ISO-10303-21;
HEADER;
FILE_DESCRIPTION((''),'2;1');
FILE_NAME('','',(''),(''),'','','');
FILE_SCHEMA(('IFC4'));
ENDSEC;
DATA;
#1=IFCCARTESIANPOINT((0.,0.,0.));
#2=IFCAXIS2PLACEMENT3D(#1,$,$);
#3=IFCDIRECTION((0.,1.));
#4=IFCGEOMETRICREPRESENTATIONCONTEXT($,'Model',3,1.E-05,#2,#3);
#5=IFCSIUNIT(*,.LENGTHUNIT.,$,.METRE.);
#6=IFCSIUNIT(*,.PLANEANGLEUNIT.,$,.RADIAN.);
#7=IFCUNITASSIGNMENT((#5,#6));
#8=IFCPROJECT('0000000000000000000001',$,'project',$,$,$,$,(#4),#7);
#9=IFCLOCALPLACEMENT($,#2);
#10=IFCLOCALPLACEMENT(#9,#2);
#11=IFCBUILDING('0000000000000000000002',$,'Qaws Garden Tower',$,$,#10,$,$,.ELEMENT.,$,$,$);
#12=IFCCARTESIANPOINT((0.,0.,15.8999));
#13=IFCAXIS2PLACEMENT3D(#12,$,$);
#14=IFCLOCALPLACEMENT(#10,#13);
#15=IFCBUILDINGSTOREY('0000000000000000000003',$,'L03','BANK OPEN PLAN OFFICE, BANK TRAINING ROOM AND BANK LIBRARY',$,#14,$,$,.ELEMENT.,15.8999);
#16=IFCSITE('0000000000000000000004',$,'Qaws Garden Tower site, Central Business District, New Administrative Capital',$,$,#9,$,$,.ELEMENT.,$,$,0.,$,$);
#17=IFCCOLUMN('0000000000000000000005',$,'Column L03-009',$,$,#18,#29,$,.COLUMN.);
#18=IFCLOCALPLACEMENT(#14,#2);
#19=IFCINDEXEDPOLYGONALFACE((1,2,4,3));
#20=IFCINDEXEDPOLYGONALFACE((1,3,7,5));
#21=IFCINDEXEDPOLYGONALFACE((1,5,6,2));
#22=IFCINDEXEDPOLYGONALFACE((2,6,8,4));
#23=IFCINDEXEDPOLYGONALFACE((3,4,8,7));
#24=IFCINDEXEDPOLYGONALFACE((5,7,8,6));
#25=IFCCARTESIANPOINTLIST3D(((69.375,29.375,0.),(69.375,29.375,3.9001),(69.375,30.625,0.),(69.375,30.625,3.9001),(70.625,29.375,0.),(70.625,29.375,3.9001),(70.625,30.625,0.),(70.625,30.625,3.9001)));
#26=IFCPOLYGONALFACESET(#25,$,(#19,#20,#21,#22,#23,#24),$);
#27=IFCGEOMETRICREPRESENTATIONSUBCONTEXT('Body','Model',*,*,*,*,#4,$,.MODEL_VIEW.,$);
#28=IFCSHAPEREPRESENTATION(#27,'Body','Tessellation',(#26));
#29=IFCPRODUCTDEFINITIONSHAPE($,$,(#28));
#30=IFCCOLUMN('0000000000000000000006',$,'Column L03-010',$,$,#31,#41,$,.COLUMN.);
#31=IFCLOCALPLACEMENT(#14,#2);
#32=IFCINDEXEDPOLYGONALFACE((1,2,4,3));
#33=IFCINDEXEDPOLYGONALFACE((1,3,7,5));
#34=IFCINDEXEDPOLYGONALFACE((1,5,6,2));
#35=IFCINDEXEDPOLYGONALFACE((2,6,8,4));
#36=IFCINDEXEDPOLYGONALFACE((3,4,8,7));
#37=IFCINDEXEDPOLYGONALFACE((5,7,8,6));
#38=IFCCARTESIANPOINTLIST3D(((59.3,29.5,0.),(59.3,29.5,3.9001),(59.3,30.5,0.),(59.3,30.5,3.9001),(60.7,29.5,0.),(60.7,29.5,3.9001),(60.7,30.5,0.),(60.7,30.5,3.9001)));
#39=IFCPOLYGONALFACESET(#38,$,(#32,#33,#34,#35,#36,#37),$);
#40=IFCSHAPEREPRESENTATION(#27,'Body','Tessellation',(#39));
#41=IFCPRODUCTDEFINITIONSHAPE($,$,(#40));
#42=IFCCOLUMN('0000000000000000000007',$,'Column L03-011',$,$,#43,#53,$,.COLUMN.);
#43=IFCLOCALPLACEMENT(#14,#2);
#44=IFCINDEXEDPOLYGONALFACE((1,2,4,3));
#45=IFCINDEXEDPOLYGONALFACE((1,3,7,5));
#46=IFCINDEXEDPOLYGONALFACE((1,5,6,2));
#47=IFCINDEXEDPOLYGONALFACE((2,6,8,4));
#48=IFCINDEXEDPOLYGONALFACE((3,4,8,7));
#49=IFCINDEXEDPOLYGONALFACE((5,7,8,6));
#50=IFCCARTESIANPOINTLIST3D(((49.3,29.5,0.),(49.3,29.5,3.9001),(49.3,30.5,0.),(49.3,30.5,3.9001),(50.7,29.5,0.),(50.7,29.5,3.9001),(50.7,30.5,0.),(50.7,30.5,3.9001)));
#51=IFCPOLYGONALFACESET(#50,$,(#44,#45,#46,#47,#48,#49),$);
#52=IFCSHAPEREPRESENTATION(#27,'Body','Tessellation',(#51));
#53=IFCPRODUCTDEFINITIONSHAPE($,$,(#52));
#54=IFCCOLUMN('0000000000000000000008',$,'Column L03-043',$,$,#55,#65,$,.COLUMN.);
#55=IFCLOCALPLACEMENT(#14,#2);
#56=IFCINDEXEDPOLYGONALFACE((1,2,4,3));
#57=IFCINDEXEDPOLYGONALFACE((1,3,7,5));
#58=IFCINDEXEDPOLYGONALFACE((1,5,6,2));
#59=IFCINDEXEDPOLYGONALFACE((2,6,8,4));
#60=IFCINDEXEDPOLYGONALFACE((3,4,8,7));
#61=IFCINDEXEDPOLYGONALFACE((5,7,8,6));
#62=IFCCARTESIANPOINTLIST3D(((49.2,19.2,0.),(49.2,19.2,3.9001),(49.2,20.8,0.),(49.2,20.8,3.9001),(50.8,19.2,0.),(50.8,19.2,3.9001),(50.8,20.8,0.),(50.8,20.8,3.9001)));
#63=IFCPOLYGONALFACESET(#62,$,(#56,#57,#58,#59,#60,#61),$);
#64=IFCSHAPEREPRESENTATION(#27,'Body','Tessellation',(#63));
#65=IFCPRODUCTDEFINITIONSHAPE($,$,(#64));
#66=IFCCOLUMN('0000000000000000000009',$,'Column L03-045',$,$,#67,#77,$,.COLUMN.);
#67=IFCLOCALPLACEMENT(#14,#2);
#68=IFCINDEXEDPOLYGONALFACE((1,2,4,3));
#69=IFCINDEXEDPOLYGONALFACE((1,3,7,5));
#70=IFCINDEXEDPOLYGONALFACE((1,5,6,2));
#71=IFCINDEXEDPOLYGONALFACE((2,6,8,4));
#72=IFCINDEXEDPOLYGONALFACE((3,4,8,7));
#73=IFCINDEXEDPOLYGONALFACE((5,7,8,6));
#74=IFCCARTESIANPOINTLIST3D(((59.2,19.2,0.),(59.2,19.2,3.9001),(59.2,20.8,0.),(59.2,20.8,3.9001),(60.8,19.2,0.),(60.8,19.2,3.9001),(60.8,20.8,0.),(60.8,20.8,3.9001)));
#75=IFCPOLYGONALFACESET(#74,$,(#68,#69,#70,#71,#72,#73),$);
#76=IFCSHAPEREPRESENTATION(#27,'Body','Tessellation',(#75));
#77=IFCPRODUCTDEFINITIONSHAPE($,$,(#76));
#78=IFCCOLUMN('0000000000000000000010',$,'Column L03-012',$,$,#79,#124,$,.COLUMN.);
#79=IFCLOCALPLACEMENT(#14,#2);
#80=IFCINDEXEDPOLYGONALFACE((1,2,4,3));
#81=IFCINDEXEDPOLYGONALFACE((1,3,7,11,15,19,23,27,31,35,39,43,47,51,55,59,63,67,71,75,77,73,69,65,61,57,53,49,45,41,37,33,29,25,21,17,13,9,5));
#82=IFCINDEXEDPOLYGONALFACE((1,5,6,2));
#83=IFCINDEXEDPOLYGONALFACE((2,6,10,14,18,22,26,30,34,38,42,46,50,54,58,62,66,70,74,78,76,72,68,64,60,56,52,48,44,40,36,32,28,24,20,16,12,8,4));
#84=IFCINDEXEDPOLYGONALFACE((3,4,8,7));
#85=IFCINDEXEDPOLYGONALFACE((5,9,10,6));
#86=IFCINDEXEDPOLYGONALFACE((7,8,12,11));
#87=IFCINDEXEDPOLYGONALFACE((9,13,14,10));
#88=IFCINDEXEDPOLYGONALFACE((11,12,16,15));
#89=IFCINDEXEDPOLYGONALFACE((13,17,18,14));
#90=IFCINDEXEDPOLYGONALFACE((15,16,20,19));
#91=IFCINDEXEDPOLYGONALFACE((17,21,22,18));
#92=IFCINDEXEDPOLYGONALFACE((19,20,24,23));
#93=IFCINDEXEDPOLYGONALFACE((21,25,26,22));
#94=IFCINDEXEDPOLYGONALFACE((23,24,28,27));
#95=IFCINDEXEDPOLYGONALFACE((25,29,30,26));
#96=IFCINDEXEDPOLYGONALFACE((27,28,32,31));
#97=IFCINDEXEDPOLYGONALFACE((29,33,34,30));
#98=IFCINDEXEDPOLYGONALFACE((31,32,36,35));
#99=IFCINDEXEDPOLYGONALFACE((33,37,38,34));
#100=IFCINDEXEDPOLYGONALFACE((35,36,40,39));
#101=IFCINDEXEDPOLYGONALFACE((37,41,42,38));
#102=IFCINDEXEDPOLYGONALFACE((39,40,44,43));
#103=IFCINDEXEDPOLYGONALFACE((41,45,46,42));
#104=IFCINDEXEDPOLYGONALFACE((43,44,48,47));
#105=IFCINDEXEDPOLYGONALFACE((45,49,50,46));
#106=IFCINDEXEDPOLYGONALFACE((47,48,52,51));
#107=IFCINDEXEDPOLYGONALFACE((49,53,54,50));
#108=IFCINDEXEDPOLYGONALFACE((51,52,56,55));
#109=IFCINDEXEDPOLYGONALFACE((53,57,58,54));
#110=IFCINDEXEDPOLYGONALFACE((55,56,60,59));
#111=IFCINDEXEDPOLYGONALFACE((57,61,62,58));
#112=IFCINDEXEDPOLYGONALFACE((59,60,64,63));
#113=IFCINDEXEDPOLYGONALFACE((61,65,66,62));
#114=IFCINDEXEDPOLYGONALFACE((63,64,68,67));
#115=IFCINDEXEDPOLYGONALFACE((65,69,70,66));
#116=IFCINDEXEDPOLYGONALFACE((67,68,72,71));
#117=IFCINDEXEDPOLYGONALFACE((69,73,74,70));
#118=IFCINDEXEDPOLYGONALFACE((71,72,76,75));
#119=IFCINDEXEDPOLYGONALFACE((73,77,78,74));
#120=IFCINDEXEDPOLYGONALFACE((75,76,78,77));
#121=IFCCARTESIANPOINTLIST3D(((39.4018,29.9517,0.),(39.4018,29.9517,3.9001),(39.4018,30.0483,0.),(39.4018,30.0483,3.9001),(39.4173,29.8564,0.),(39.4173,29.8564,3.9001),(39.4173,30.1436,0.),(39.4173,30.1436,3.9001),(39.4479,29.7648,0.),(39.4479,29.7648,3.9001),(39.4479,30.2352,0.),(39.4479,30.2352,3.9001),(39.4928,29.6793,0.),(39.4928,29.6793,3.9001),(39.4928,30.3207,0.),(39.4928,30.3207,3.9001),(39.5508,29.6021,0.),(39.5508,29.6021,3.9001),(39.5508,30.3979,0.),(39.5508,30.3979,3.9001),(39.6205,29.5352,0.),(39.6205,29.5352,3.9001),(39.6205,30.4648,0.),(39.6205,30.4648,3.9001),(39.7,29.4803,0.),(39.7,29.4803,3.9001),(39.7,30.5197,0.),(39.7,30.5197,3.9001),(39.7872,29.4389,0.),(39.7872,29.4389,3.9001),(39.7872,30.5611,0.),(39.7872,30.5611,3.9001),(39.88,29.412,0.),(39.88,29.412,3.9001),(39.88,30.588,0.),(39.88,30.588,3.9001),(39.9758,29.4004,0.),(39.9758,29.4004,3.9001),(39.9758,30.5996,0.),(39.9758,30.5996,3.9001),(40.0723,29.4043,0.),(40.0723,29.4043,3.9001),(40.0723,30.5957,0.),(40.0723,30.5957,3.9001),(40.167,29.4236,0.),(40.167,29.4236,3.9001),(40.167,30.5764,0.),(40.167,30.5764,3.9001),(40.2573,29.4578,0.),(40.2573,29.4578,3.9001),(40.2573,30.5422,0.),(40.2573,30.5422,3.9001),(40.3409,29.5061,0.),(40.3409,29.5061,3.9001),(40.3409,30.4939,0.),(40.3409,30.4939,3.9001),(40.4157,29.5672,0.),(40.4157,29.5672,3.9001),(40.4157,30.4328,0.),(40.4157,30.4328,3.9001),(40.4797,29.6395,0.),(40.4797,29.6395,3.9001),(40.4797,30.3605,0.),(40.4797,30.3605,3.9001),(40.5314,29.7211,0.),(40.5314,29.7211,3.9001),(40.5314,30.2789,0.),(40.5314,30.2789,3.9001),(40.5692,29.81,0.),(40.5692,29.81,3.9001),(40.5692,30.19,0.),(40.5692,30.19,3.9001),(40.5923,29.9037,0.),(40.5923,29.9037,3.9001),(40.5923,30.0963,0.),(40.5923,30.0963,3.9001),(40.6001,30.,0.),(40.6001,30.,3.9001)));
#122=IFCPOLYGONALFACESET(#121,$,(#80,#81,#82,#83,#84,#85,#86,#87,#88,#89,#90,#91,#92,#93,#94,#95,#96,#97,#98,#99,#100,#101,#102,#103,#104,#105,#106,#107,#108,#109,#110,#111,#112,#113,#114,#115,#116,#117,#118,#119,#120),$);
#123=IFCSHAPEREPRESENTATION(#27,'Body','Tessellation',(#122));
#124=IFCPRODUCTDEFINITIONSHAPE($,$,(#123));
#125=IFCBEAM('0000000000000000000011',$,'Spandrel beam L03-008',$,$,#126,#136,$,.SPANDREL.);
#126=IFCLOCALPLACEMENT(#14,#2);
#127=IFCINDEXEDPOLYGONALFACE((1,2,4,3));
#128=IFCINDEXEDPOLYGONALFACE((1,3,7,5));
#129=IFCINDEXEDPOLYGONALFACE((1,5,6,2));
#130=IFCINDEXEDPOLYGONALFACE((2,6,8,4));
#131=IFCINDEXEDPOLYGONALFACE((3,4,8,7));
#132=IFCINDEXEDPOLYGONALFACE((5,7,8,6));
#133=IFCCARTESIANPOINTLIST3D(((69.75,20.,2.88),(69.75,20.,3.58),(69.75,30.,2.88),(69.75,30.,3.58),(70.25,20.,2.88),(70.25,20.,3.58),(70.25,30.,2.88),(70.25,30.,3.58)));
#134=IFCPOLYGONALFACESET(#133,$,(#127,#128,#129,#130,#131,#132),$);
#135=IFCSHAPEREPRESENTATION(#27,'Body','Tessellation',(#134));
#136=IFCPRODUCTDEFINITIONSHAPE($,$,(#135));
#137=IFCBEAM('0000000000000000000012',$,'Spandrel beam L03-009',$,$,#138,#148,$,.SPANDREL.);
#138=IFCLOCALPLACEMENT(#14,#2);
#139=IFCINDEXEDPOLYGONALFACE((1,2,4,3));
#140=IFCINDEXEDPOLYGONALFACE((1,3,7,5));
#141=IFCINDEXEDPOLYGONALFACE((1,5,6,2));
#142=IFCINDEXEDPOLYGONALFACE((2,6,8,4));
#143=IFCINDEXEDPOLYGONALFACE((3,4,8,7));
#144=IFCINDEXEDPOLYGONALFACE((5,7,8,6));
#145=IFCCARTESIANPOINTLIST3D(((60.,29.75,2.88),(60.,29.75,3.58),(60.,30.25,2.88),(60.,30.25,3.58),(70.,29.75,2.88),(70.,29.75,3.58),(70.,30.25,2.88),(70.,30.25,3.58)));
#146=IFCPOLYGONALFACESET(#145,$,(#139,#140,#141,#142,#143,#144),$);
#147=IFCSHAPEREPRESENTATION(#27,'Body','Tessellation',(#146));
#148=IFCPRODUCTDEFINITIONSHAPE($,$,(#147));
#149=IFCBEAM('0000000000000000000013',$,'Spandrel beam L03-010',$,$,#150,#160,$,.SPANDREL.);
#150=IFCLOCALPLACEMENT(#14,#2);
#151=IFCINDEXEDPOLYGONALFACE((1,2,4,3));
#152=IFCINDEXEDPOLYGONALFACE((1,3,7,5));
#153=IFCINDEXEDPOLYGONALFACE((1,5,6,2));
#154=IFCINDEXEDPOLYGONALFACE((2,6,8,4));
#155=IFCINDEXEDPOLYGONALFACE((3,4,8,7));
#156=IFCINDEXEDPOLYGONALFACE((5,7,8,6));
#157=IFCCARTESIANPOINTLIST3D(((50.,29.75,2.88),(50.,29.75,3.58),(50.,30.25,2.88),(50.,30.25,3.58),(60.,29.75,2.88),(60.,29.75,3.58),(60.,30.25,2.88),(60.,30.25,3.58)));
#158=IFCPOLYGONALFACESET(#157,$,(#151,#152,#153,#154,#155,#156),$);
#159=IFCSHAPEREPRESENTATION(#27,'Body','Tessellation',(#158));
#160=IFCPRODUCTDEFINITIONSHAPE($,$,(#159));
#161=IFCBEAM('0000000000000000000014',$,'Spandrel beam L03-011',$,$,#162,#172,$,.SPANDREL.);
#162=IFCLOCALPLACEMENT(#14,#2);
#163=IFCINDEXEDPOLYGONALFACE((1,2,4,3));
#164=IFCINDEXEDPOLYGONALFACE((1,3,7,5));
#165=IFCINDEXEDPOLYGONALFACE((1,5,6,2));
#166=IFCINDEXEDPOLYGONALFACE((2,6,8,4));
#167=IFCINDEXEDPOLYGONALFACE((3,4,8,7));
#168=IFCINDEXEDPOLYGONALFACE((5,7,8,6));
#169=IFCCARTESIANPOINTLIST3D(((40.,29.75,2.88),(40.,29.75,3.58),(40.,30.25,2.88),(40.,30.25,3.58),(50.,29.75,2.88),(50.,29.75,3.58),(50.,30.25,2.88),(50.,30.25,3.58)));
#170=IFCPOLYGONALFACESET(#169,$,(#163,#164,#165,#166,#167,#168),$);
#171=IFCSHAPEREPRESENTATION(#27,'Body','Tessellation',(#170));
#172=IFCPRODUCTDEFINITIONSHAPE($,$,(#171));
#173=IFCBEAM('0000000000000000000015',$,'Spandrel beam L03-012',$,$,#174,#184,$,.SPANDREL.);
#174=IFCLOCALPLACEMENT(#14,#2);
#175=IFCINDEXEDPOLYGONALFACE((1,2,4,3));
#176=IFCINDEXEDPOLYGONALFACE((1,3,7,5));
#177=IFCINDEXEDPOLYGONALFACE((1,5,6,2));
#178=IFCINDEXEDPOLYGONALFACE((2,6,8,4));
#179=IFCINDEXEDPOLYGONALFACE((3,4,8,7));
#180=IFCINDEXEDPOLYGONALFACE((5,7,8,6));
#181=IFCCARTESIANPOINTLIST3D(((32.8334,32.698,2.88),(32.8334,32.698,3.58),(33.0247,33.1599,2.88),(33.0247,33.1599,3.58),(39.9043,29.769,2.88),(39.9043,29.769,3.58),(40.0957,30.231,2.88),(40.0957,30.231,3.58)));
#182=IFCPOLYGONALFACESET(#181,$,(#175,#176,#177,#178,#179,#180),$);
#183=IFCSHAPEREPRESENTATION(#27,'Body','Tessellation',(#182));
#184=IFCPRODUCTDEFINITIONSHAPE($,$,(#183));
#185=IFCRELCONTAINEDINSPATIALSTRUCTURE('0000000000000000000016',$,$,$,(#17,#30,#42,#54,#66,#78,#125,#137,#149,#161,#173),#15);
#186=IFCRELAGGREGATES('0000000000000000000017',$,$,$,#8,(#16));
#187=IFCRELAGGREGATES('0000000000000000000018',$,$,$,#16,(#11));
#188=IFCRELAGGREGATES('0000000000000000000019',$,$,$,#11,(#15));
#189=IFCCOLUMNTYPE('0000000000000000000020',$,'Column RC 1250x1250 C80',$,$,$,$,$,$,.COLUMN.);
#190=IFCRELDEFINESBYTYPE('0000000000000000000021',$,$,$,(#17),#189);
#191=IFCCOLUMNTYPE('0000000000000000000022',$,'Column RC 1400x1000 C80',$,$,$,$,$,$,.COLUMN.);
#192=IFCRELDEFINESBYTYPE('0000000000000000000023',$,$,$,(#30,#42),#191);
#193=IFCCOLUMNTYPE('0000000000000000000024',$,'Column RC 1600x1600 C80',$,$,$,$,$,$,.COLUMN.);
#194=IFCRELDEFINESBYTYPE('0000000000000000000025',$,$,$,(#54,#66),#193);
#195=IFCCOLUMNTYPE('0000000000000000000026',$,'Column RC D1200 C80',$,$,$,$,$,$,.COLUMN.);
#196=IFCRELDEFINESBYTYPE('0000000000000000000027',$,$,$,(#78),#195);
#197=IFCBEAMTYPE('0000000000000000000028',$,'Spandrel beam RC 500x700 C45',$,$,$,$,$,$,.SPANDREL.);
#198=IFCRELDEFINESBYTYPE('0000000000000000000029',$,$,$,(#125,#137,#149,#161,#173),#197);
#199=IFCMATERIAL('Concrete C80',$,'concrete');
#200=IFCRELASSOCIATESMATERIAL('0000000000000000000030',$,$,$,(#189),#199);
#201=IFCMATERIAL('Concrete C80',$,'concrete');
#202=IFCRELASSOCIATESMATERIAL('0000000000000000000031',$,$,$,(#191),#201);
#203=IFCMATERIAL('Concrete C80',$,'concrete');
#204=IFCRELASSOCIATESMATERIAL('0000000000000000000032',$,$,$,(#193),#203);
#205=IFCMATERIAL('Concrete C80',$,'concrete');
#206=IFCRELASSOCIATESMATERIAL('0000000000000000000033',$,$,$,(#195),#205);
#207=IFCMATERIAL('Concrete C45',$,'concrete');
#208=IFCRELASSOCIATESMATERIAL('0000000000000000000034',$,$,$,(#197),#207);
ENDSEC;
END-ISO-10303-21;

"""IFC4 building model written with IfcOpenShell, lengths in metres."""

from ifc_helpers import new_model, si_unit, direction, frame, origin, origin_2d, place, context, subcontext, project, spatial, rectangle, circle, extrude, material, material_profile, profile_set, type_object, element, save


model = new_model("IFC4")

# Units and contexts
model_context = context("Model", 3, precision=1e-05, world=origin(), true_north=direction((0.0, 1.0)))
body_context = subcontext(model_context, "Body", "Model", "MODEL_VIEW")
ifc_project = project(units=[si_unit("LENGTHUNIT", "METRE"), si_unit("PLANEANGLEUNIT", "RADIAN")], contexts=[model_context])

# Site, building, storey
site_placement = place(None, origin())
site = spatial("IfcSite", under=ifc_project, at=site_placement, Name="Qaws Garden Tower site, Central Business District, New Administrative Capital", CompositionType="ELEMENT", RefElevation=0.0)
building_placement = place(site_placement, origin())
building = spatial("IfcBuilding", under=site, at=building_placement, Name="Qaws Garden Tower", CompositionType="ELEMENT")
storey_placement = place(building_placement, frame((0.0, 0.0, 15.8999)))
storey = spatial("IfcBuildingStorey", under=building, at=storey_placement, Name="L03", Description="BANK OPEN PLAN OFFICE, BANK TRAINING ROOM AND BANK LIBRARY", CompositionType="ELEMENT", Elevation=15.8999)

# Columns
ifc_material_1 = material(Name="Concrete C80", Category="concrete")
ifc_material_profile_1 = material_profile(ifc_material_1, rectangle(XDim=1.25, YDim=1.25, at=origin_2d()), Name="RC 1250x1250")
ifc_profile_set_1 = profile_set([ifc_material_profile_1], Name="Concrete C80")
column_type_1 = type_object("IfcColumnType", Name="Column RC 1250x1250 C80", PredefinedType="COLUMN", material=ifc_profile_set_1)
column_1_placement = place(storey_placement, frame((70.0, 30.0, 0.0), z_axis=(0.0, 0.0, 1.0), x_axis=(1.0, 0.0, 0.0)))
element("IfcColumn", 1, at=column_1_placement, inside=storey, type_object=column_type_1, Name="Column L03-009", PredefinedType="COLUMN", context=body_context, shape_type="SweptSolid", body=[
    extrude(rectangle(XDim=1.25, YDim=1.25, at=origin_2d()), origin(), (0.0, 0.0, 1.0), 3.9001),
])
ifc_material_2 = material(Name="Concrete C80", Category="concrete")
ifc_material_profile_2 = material_profile(ifc_material_2, rectangle(XDim=1.3999, YDim=1.0, at=origin_2d()), Name="RC 1400x1000")
ifc_profile_set_2 = profile_set([ifc_material_profile_2], Name="Concrete C80")
column_type_2 = type_object("IfcColumnType", Name="Column RC 1400x1000 C80", PredefinedType="COLUMN", material=ifc_profile_set_2)
for number, where, z_axis, x_axis, name in (
    (2, (60.0, 30.0, 0.0), (0.0, 0.0, 1.0), (1.0, 0.0, 0.0), "Column L03-010"),
    (3, (50.0, 30.0, 0.0), (0.0, 0.0, 1.0), (1.0, 0.0, 0.0), "Column L03-011"),
):
    element("IfcColumn", number, at=place(storey_placement, frame(where, z_axis=z_axis, x_axis=x_axis)), inside=storey, type_object=column_type_2, Name=name, PredefinedType="COLUMN", context=body_context, shape_type="SweptSolid", body=[
        extrude(rectangle(XDim=1.3999, YDim=1.0, at=origin_2d()), origin(), (0.0, 0.0, 1.0), 3.9001),
    ])
ifc_material_3 = material(Name="Concrete C80", Category="concrete")
ifc_material_profile_3 = material_profile(ifc_material_3, rectangle(XDim=1.6001, YDim=1.6001, at=origin_2d()), Name="RC 1600x1600")
ifc_profile_set_3 = profile_set([ifc_material_profile_3], Name="Concrete C80")
column_type_3 = type_object("IfcColumnType", Name="Column RC 1600x1600 C80", PredefinedType="COLUMN", material=ifc_profile_set_3)
for number, where, z_axis, x_axis, name in (
    (4, (50.0, 20.0, 0.0), (0.0, 0.0, 1.0), (1.0, 0.0, 0.0), "Column L03-043"),
    (5, (60.0, 20.0, 0.0), (0.0, 0.0, 1.0), (1.0, 0.0, 0.0), "Column L03-045"),
):
    element("IfcColumn", number, at=place(storey_placement, frame(where, z_axis=z_axis, x_axis=x_axis)), inside=storey, type_object=column_type_3, Name=name, PredefinedType="COLUMN", context=body_context, shape_type="SweptSolid", body=[
        extrude(rectangle(XDim=1.6001, YDim=1.6001, at=origin_2d()), origin(), (0.0, 0.0, 1.0), 3.9001),
    ])
ifc_material_4 = material(Name="Concrete C80", Category="concrete")
ifc_material_profile_4 = material_profile(ifc_material_4, circle(Radius=0.6001, at=origin_2d()), Name="RC D1200")
ifc_profile_set_4 = profile_set([ifc_material_profile_4], Name="Concrete C80")
column_type_4 = type_object("IfcColumnType", Name="Column RC D1200 C80", PredefinedType="COLUMN", material=ifc_profile_set_4)
column_2_placement = place(storey_placement, frame((40.0, 30.0, 0.0), z_axis=(0.0, 0.0, 1.0), x_axis=(1.0, 0.0, 0.0)))
element("IfcColumn", 6, at=column_2_placement, inside=storey, type_object=column_type_4, Name="Column L03-012", PredefinedType="COLUMN", context=body_context, shape_type="SweptSolid", body=[
    extrude(circle(Radius=0.6001, at=origin_2d()), origin(), (0.0, 0.0, 1.0), 3.9001),
])

# Beams
ifc_material_5 = material(Name="Concrete C45", Category="concrete")
ifc_material_profile_5 = material_profile(ifc_material_5, rectangle(XDim=0.5, YDim=0.7, at=origin_2d()), Name="RC 500x700")
ifc_profile_set_5 = profile_set([ifc_material_profile_5], Name="Concrete C45")
beam_type = type_object("IfcBeamType", Name="Spandrel beam RC 500x700 C45", PredefinedType="SPANDREL", material=ifc_profile_set_5)
for number, where, z_axis, x_axis, name in (
    (7, (70.0, 20.0, 3.23), (0.0, 1.0, 0.0), (-1.0, 0.0, 0.0), "Spandrel beam L03-008"),
    (8, (70.0, 30.0, 3.23), (-1.0, 0.0, 0.0), (0.0, -1.0, 0.0), "Spandrel beam L03-009"),
    (9, (60.0, 30.0, 3.23), (-1.0, 0.0, 0.0), (0.0, -1.0, 0.0), "Spandrel beam L03-010"),
    (10, (50.0, 30.0, 3.23), (-1.0, 0.0, 0.0), (0.0, -1.0, 0.0), "Spandrel beam L03-011"),
):
    element("IfcBeam", number, at=place(storey_placement, frame(where, z_axis=z_axis, x_axis=x_axis)), inside=storey, type_object=beam_type, Name=name, PredefinedType="SPANDREL", context=body_context, shape_type="SweptSolid", body=[
        extrude(rectangle(XDim=0.5, YDim=0.7, at=origin_2d()), origin(), (0.0, 0.0, 1.0), 10.0),
    ])
beam_placement = place(storey_placement, frame((40.0, 30.0, 3.23), z_axis=(-0.923878, 0.382687, 0.0), x_axis=(-0.382687, -0.923878, 0.0)))
element("IfcBeam", 11, at=beam_placement, inside=storey, type_object=beam_type, Name="Spandrel beam L03-012", PredefinedType="SPANDREL", context=body_context, shape_type="SweptSolid", body=[
    extrude(rectangle(XDim=0.5, YDim=0.7, at=origin_2d()), origin(), (0.0, 0.0, 1.0), 7.6536),
])

save(model, "model.ifc")
